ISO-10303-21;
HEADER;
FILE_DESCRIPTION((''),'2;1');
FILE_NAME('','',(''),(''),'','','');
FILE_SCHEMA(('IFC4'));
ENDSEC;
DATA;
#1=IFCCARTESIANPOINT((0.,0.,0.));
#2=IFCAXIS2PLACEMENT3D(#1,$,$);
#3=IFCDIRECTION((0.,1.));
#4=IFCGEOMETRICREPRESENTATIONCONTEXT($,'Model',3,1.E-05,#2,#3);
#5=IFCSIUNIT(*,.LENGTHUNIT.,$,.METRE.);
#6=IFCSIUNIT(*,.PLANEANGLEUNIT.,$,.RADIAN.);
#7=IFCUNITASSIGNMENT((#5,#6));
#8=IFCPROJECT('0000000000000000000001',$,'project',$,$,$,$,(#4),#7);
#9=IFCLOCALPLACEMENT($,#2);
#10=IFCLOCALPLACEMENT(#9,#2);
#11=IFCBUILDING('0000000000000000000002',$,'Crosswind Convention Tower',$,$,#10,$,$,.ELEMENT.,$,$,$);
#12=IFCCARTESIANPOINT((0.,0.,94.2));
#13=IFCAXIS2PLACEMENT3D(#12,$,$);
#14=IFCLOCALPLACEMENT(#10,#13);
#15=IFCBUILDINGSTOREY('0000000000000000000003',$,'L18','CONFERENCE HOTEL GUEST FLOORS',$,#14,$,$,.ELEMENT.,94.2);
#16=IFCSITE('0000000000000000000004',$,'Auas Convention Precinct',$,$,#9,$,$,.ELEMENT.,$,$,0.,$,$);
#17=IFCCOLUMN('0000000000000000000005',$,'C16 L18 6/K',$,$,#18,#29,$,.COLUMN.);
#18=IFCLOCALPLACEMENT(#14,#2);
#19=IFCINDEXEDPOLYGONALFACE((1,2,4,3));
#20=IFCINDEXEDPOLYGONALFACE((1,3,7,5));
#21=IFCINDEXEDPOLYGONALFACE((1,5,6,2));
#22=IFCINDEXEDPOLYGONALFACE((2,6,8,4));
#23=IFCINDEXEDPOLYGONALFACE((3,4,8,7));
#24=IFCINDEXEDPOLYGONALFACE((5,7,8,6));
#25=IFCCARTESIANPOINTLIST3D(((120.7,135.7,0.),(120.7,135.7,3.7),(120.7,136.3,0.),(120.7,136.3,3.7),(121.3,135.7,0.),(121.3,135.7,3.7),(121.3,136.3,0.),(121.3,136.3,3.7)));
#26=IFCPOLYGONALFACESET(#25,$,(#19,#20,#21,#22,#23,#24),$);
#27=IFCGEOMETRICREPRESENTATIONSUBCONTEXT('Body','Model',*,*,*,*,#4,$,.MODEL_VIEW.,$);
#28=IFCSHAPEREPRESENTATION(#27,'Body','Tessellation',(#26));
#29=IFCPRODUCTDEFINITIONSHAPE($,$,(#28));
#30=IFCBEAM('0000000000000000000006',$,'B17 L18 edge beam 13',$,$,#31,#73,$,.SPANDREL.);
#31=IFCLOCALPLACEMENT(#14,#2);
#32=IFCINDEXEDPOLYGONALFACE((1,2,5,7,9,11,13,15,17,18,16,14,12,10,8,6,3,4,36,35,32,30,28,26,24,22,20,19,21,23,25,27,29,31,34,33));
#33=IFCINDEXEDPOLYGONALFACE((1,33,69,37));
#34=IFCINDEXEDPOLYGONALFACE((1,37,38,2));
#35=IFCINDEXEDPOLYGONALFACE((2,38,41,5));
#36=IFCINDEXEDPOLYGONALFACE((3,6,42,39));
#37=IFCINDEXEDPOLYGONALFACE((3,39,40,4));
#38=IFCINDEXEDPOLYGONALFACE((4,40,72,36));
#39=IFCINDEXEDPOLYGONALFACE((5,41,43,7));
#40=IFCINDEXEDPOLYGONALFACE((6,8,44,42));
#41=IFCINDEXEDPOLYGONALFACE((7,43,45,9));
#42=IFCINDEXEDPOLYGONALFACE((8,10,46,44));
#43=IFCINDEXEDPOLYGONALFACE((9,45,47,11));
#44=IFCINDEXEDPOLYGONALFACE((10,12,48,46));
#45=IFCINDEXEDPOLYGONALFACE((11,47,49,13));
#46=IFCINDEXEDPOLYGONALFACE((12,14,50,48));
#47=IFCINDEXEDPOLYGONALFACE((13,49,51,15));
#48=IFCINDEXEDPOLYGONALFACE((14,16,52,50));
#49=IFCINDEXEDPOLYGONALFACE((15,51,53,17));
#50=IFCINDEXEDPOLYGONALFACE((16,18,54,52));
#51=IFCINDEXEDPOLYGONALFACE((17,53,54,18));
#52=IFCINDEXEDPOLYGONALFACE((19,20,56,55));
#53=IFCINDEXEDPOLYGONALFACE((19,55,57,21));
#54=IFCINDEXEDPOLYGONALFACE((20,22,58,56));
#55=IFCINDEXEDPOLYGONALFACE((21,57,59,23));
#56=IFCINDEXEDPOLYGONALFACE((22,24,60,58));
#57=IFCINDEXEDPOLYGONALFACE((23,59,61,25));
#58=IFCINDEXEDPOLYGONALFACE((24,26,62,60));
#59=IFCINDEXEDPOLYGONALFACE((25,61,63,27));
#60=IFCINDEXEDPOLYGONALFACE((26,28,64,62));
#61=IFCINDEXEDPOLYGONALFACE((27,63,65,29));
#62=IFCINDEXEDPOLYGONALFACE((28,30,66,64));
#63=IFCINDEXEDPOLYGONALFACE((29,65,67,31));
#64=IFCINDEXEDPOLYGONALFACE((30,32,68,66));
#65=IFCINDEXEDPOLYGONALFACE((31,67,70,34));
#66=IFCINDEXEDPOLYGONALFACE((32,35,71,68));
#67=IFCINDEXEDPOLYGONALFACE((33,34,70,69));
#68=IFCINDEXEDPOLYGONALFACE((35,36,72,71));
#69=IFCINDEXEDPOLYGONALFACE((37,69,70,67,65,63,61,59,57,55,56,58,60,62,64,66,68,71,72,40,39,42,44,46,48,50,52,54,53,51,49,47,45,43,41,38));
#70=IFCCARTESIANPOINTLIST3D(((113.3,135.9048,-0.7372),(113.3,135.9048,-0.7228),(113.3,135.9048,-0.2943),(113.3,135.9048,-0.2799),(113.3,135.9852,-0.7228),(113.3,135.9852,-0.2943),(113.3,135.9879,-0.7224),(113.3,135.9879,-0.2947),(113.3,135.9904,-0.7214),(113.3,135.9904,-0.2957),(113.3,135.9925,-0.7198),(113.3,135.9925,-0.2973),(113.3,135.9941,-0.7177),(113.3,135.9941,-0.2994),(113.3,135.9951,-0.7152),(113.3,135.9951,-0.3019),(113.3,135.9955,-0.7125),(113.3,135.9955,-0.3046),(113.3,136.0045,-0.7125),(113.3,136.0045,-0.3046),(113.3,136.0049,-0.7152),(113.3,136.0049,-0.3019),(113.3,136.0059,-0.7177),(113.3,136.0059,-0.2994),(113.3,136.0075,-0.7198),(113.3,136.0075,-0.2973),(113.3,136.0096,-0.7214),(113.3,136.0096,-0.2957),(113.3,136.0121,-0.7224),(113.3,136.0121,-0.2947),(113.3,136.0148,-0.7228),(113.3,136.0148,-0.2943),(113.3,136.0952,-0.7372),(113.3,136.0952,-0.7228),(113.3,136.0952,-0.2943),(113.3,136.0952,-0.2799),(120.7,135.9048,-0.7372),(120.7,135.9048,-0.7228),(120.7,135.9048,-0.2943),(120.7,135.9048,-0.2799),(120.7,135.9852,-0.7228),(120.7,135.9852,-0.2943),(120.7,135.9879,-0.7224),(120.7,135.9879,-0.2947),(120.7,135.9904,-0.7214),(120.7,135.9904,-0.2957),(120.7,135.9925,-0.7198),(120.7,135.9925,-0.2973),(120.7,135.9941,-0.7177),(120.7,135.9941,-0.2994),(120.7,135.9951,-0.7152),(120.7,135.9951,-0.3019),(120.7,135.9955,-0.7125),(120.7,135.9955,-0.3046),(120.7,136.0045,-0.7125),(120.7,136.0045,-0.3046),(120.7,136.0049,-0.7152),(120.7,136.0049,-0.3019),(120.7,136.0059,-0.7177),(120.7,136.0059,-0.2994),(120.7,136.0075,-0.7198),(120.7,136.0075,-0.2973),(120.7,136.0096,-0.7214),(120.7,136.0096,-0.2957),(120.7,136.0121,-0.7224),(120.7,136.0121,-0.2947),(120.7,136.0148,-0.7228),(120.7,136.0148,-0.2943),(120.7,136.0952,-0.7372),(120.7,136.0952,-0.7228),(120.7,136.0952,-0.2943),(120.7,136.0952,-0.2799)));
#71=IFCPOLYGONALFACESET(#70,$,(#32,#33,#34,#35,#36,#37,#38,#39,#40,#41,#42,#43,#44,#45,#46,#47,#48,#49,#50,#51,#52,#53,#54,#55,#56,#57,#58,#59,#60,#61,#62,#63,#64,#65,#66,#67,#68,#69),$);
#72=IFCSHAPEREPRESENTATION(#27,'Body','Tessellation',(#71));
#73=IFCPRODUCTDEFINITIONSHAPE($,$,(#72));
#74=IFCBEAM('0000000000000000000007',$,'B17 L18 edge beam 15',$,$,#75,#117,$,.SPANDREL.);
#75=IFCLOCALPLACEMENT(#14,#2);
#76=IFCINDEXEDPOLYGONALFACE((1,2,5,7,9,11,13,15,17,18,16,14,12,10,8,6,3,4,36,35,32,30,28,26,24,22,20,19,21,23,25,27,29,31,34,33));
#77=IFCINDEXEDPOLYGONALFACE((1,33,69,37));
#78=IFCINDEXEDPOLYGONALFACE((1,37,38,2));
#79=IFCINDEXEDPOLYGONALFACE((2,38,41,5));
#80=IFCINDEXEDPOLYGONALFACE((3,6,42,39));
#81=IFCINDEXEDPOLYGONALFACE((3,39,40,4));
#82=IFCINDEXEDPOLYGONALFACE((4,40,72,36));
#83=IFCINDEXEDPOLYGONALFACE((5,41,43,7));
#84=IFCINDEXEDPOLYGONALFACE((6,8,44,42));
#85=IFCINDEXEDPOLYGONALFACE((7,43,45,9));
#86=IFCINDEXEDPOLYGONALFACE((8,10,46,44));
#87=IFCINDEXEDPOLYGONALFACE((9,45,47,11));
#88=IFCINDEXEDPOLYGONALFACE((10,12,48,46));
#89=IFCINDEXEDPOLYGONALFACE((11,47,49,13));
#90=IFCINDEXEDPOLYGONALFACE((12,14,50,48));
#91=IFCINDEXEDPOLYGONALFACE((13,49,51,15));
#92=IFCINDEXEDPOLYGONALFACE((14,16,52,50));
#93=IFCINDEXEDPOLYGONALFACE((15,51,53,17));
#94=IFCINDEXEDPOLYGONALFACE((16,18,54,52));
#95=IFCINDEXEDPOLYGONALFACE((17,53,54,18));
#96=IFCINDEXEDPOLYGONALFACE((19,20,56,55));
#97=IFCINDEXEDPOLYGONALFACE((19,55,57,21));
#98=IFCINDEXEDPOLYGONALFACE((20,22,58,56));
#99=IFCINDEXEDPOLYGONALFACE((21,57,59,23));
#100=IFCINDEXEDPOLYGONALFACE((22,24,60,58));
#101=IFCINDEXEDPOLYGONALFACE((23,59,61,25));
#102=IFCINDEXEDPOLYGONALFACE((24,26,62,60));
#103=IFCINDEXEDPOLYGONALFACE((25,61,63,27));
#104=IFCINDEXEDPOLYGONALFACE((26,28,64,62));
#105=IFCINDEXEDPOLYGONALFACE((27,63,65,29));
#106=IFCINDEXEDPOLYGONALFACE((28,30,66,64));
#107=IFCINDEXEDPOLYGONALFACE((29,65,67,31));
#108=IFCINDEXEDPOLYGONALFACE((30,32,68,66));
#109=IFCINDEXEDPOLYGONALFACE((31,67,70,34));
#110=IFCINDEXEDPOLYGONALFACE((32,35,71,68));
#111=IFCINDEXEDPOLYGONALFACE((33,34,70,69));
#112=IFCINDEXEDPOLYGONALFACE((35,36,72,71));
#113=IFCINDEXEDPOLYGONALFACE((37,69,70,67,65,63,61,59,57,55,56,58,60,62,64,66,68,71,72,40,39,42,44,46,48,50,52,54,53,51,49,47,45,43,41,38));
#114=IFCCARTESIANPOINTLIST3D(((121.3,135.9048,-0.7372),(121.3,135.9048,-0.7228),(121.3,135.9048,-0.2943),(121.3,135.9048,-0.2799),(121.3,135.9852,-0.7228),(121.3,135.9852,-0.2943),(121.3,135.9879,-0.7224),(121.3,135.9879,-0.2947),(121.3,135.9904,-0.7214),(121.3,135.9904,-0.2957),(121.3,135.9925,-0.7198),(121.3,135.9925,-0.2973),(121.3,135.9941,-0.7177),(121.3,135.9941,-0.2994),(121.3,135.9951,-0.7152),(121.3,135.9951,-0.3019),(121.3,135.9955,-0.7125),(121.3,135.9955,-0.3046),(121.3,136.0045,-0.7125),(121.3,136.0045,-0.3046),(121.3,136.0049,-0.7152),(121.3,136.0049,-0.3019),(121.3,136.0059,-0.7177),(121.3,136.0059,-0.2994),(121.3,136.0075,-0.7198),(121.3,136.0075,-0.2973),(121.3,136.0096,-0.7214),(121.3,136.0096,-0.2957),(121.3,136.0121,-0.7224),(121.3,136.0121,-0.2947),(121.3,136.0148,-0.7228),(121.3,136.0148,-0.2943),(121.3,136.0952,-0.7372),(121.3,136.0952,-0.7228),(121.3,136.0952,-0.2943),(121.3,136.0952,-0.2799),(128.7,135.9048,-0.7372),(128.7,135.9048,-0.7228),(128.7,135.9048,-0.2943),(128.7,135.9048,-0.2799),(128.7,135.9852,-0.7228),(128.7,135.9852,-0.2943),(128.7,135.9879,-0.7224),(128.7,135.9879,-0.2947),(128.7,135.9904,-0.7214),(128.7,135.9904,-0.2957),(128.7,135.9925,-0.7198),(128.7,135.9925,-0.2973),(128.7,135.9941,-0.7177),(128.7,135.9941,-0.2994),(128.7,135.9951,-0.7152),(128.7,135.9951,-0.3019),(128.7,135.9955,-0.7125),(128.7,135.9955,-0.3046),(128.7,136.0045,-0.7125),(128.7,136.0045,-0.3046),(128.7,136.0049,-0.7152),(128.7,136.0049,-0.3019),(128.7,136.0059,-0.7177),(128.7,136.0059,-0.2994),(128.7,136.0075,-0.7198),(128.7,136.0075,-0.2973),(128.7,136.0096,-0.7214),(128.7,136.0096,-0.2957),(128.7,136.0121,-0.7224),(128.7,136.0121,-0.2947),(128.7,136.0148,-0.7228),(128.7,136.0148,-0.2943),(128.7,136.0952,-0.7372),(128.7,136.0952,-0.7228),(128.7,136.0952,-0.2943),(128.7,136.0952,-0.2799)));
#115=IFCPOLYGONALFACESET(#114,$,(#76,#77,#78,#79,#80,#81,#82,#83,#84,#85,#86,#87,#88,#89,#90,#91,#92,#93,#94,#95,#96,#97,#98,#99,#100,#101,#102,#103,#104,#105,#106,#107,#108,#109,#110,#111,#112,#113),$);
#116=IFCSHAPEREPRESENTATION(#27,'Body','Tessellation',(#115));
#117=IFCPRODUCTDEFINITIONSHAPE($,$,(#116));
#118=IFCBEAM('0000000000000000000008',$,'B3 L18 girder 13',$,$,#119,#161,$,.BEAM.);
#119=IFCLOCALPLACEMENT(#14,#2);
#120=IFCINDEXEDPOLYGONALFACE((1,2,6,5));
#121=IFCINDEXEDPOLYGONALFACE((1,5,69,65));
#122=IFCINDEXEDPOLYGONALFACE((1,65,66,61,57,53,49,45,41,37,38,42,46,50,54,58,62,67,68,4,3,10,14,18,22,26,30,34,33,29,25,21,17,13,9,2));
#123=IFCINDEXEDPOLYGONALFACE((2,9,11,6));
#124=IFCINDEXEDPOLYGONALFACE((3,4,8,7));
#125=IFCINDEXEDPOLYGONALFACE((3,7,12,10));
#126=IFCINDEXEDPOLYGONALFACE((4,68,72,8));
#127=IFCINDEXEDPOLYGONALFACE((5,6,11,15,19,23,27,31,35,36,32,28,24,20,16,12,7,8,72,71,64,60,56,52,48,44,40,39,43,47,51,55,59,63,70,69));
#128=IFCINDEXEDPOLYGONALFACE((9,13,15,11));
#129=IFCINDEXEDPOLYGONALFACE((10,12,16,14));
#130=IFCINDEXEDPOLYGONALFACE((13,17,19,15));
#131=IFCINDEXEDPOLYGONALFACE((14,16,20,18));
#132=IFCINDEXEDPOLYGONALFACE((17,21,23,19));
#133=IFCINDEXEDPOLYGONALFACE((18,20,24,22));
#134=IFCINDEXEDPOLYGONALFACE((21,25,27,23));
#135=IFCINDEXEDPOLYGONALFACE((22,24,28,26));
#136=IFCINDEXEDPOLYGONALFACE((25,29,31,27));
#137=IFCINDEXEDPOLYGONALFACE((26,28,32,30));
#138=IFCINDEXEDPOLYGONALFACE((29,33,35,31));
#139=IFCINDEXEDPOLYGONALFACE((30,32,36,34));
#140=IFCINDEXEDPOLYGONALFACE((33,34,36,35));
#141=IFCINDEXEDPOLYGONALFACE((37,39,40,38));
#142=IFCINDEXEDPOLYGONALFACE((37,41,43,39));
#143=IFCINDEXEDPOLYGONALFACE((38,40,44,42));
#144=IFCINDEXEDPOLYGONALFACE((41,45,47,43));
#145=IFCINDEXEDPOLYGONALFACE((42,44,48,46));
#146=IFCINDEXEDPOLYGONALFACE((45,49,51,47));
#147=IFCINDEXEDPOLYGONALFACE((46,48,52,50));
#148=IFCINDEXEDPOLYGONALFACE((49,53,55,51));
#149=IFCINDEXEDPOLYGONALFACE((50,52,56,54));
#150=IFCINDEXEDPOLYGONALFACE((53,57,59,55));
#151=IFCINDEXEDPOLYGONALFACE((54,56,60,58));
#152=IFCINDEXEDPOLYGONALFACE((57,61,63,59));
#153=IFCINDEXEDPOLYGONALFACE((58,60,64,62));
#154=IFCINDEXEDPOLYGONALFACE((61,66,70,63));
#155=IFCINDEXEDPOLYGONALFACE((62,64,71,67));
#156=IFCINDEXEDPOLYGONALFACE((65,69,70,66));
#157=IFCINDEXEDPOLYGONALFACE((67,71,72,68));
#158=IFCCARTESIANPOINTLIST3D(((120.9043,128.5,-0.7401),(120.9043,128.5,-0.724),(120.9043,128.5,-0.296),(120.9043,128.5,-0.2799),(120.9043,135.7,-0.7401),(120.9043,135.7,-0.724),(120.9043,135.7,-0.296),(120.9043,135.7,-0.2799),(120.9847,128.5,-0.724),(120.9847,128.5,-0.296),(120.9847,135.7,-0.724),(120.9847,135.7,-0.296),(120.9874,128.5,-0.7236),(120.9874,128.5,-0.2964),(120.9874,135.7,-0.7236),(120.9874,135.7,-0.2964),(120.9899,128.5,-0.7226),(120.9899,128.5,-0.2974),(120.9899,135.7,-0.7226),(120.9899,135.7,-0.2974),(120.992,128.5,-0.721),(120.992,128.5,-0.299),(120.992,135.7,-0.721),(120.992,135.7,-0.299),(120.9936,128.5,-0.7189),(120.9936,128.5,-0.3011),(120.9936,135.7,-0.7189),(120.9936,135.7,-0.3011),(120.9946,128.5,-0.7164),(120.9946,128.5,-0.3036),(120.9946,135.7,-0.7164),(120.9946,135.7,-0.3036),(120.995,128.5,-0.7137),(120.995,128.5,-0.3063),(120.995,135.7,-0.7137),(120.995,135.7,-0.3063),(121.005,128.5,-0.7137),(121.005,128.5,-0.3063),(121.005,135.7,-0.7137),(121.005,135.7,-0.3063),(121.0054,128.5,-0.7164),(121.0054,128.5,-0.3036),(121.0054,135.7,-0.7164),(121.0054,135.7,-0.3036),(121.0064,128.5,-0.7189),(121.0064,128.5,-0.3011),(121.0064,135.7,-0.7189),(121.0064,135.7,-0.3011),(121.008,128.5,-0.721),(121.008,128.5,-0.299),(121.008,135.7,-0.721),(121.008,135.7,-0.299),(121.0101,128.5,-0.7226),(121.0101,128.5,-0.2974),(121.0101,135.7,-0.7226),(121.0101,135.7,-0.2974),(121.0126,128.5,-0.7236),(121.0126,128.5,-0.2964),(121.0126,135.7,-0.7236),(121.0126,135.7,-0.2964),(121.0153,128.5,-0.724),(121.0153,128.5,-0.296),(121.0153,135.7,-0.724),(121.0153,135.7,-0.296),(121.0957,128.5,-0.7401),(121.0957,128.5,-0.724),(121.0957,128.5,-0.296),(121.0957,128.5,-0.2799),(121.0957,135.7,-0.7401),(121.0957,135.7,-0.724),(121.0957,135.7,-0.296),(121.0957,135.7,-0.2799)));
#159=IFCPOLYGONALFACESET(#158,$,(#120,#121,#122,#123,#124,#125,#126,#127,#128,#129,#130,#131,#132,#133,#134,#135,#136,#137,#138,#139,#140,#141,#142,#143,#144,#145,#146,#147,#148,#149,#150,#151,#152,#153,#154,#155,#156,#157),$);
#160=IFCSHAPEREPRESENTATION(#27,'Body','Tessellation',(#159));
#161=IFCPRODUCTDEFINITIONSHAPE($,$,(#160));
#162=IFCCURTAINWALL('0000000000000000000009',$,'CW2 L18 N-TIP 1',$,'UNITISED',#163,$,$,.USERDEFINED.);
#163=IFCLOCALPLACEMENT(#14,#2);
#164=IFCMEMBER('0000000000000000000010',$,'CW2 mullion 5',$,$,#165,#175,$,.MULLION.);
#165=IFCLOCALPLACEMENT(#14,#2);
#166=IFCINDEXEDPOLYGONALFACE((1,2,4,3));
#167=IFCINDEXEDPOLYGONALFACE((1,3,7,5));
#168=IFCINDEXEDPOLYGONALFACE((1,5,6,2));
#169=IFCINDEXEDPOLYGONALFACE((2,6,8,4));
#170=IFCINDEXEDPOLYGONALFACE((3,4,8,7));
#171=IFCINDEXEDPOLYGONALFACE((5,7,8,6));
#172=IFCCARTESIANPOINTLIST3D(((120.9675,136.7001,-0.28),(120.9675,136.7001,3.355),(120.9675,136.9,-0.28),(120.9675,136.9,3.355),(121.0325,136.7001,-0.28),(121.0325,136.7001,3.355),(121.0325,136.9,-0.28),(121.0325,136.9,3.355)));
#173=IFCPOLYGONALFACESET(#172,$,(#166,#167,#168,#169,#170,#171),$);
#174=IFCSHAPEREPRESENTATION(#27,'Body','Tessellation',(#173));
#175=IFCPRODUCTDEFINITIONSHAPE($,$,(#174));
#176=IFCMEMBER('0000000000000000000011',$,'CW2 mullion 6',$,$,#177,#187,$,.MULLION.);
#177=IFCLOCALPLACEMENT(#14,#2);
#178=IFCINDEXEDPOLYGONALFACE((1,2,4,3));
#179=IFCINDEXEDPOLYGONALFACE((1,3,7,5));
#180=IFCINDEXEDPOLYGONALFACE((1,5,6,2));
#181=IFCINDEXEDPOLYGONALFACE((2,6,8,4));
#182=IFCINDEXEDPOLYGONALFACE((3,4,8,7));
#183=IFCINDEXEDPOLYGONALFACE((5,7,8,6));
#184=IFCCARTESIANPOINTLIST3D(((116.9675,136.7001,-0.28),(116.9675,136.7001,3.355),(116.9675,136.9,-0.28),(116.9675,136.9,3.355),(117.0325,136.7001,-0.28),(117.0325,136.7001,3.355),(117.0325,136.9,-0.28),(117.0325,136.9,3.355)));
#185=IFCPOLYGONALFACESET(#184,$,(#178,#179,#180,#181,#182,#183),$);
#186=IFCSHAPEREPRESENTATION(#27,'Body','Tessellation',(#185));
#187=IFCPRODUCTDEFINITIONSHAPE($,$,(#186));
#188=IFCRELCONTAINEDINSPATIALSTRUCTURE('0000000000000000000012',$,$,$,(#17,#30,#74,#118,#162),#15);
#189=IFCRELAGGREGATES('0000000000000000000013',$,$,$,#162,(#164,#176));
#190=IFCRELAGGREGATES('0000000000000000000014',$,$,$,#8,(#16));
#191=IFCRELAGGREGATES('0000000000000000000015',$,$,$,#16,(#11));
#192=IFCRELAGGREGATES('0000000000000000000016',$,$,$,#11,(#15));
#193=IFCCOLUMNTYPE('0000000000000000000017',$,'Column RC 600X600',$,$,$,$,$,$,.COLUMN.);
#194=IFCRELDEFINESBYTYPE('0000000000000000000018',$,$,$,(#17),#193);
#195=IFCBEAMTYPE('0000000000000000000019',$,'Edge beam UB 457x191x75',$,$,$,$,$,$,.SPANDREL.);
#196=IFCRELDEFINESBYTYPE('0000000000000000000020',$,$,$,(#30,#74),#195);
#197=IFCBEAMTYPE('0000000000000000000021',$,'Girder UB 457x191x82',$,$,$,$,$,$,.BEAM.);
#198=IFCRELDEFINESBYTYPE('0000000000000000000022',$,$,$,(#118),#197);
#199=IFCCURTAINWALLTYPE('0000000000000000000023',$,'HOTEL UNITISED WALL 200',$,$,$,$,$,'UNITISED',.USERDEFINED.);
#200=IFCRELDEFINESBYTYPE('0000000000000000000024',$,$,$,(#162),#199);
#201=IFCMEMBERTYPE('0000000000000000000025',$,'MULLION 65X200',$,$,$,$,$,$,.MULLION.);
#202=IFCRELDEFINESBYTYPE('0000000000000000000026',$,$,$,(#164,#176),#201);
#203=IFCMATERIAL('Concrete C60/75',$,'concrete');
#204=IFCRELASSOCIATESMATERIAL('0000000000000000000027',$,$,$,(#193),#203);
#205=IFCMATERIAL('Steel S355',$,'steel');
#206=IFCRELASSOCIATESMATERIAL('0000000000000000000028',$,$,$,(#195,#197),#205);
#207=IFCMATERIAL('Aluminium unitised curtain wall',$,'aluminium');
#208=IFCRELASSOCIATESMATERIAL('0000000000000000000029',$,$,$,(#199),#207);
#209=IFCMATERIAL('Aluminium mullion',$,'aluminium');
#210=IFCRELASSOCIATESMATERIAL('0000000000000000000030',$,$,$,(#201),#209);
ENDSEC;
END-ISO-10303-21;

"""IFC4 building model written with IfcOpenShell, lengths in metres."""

from ifc_helpers import new_model, si_unit, direction, frame, origin, origin_2d, place, context, subcontext, project, spatial, rectangle, i_section, extrude, material, material_profile, profile_set, type_object, element, aggregate, save


model = new_model("IFC4")

# Units and contexts
model_context = context("Model", 3, precision=1e-05, world=origin(), true_north=direction((0.0, 1.0)))
body_context = subcontext(model_context, "Body", "Model", "MODEL_VIEW")
ifc_project = project(units=[si_unit("LENGTHUNIT", "METRE"), si_unit("PLANEANGLEUNIT", "RADIAN")], contexts=[model_context])

# Site, building, storey
site_placement = place(None, origin())
site = spatial("IfcSite", under=ifc_project, at=site_placement, Name="Auas Convention Precinct", CompositionType="ELEMENT", RefElevation=0.0)
building_placement = place(site_placement, origin())
building = spatial("IfcBuilding", under=site, at=building_placement, Name="Crosswind Convention Tower", CompositionType="ELEMENT")
storey_placement = place(building_placement, frame((0.0, 0.0, 94.2)))
storey = spatial("IfcBuildingStorey", under=building, at=storey_placement, Name="L18", Description="CONFERENCE HOTEL GUEST FLOORS", CompositionType="ELEMENT", Elevation=94.2)

# Column
ifc_material_1 = material(Name="Concrete C60/75", Category="concrete")
ifc_material_profile_1 = material_profile(ifc_material_1, rectangle(XDim=0.6001, YDim=0.6001, at=origin_2d()), Name="RC 600X600")
ifc_profile_set_1 = profile_set([ifc_material_profile_1], Name="Concrete C60/75")
column_type = type_object("IfcColumnType", Name="Column RC 600X600", PredefinedType="COLUMN", material=ifc_profile_set_1)
column_placement = place(storey_placement, frame((121.0, 136.0, 0.0), z_axis=(0.0, 0.0, 1.0), x_axis=(1.0, 0.0, 0.0)))
element("IfcColumn", 1, at=column_placement, inside=storey, type_object=column_type, Name="C16 L18 6/K", PredefinedType="COLUMN", context=body_context, shape_type="SweptSolid", body=[
    extrude(rectangle(XDim=0.6001, YDim=0.6001, at=origin_2d()), origin(), (0.0, 0.0, 1.0), 3.7),
])

# Beams
ifc_material_2 = material(Name="Steel S355", Category="steel")
ifc_material_profile_2 = material_profile(ifc_material_2, i_section(OverallWidth=0.1904, OverallDepth=0.4573, WebThickness=0.009, FlangeThickness=0.0144, FilletRadius=0.0103, at=origin_2d()), Name="UB 457x191x75")
ifc_profile_set_2 = profile_set([ifc_material_profile_2], Name="Steel S355")
beam_type_1 = type_object("IfcBeamType", Name="Edge beam UB 457x191x75", PredefinedType="SPANDREL", material=ifc_profile_set_2)
for number, where, z_axis, x_axis, name in (
    (2, (113.3, 136.0, -0.5085), (1.0, 0.0, 0.0), (0.0, 1.0, 0.0), "B17 L18 edge beam 13"),
    (3, (121.3, 136.0, -0.5085), (1.0, 0.0, 0.0), (0.0, 1.0, 0.0), "B17 L18 edge beam 15"),
):
    element("IfcBeam", number, at=place(storey_placement, frame(where, z_axis=z_axis, x_axis=x_axis)), inside=storey, type_object=beam_type_1, Name=name, PredefinedType="SPANDREL", context=body_context, shape_type="SweptSolid", body=[
        extrude(i_section(OverallWidth=0.1904, OverallDepth=0.4573, WebThickness=0.009, FlangeThickness=0.0144, FilletRadius=0.0103, at=origin_2d()), origin(), (0.0, 0.0, 1.0), 7.3999),
    ])
ifc_material_profile_3 = material_profile(ifc_material_2, i_section(OverallWidth=0.1914, OverallDepth=0.4602, WebThickness=0.01, FlangeThickness=0.0161, FilletRadius=0.0103, at=origin_2d()), Name="UB 457x191x82")
ifc_profile_set_3 = profile_set([ifc_material_profile_3], Name="Steel S355")
beam_type_2 = type_object("IfcBeamType", Name="Girder UB 457x191x82", PredefinedType="BEAM", material=ifc_profile_set_3)
beam_1_placement = place(storey_placement, frame((121.0, 128.5, -0.51), z_axis=(0.0, 1.0, 0.0), x_axis=(-1.0, 0.0, 0.0)))
element("IfcBeam", 4, at=beam_1_placement, inside=storey, type_object=beam_type_2, Name="B3 L18 girder 13", PredefinedType="BEAM", context=body_context, shape_type="SweptSolid", body=[
    extrude(i_section(OverallWidth=0.1914, OverallDepth=0.4602, WebThickness=0.01, FlangeThickness=0.0161, FilletRadius=0.0103, at=origin_2d()), origin(), (0.0, 0.0, 1.0), 7.2),
])

# Curtain wall, members
ifc_material_3 = material(Name="Aluminium unitised curtain wall", Category="aluminium")
curtain_wall_type = type_object("IfcCurtainWallType", Name="HOTEL UNITISED WALL 200", ElementType="UNITISED", PredefinedType="USERDEFINED", material=ifc_material_3)
curtain_wall_placement = place(storey_placement, origin())
curtain_wall = element("IfcCurtainWall", 5, at=curtain_wall_placement, inside=storey, type_object=curtain_wall_type, Name="CW2 L18 N-TIP 1", ObjectType="UNITISED", PredefinedType="USERDEFINED")
ifc_material_4 = material(Name="Aluminium mullion", Category="aluminium")
ifc_material_profile_4 = material_profile(ifc_material_4, rectangle(XDim=0.2, YDim=0.0649, at=origin_2d()), Name="AL 200X65")
ifc_profile_set_4 = profile_set([ifc_material_profile_4], Name="Aluminium mullion")
member_type = type_object("IfcMemberType", Name="MULLION 65X200", PredefinedType="MULLION", material=ifc_profile_set_4)
member_1_placement = place(storey_placement, frame((121.0, 136.8, -0.28), z_axis=(0.0, 0.0, 1.0), x_axis=(0.0, 1.0, 0.0)))
member_1 = element("IfcMember", 6, at=member_1_placement, type_object=member_type, Name="CW2 mullion 5", PredefinedType="MULLION", context=body_context, shape_type="SweptSolid", body=[
    extrude(rectangle(XDim=0.2, YDim=0.0649, at=origin_2d()), origin(), (0.0, 0.0, 1.0), 3.635),
])
member_2_placement = place(storey_placement, frame((117.0, 136.8, -0.28), z_axis=(0.0, 0.0, 1.0), x_axis=(0.0, 1.0, 0.0)))
member_2 = element("IfcMember", 7, at=member_2_placement, type_object=member_type, Name="CW2 mullion 6", PredefinedType="MULLION", context=body_context, shape_type="SweptSolid", body=[
    extrude(rectangle(XDim=0.2, YDim=0.0649, at=origin_2d()), origin(), (0.0, 0.0, 1.0), 3.635),
])

aggregate(curtain_wall, [member_1, member_2])

save(model, "model.ifc")
